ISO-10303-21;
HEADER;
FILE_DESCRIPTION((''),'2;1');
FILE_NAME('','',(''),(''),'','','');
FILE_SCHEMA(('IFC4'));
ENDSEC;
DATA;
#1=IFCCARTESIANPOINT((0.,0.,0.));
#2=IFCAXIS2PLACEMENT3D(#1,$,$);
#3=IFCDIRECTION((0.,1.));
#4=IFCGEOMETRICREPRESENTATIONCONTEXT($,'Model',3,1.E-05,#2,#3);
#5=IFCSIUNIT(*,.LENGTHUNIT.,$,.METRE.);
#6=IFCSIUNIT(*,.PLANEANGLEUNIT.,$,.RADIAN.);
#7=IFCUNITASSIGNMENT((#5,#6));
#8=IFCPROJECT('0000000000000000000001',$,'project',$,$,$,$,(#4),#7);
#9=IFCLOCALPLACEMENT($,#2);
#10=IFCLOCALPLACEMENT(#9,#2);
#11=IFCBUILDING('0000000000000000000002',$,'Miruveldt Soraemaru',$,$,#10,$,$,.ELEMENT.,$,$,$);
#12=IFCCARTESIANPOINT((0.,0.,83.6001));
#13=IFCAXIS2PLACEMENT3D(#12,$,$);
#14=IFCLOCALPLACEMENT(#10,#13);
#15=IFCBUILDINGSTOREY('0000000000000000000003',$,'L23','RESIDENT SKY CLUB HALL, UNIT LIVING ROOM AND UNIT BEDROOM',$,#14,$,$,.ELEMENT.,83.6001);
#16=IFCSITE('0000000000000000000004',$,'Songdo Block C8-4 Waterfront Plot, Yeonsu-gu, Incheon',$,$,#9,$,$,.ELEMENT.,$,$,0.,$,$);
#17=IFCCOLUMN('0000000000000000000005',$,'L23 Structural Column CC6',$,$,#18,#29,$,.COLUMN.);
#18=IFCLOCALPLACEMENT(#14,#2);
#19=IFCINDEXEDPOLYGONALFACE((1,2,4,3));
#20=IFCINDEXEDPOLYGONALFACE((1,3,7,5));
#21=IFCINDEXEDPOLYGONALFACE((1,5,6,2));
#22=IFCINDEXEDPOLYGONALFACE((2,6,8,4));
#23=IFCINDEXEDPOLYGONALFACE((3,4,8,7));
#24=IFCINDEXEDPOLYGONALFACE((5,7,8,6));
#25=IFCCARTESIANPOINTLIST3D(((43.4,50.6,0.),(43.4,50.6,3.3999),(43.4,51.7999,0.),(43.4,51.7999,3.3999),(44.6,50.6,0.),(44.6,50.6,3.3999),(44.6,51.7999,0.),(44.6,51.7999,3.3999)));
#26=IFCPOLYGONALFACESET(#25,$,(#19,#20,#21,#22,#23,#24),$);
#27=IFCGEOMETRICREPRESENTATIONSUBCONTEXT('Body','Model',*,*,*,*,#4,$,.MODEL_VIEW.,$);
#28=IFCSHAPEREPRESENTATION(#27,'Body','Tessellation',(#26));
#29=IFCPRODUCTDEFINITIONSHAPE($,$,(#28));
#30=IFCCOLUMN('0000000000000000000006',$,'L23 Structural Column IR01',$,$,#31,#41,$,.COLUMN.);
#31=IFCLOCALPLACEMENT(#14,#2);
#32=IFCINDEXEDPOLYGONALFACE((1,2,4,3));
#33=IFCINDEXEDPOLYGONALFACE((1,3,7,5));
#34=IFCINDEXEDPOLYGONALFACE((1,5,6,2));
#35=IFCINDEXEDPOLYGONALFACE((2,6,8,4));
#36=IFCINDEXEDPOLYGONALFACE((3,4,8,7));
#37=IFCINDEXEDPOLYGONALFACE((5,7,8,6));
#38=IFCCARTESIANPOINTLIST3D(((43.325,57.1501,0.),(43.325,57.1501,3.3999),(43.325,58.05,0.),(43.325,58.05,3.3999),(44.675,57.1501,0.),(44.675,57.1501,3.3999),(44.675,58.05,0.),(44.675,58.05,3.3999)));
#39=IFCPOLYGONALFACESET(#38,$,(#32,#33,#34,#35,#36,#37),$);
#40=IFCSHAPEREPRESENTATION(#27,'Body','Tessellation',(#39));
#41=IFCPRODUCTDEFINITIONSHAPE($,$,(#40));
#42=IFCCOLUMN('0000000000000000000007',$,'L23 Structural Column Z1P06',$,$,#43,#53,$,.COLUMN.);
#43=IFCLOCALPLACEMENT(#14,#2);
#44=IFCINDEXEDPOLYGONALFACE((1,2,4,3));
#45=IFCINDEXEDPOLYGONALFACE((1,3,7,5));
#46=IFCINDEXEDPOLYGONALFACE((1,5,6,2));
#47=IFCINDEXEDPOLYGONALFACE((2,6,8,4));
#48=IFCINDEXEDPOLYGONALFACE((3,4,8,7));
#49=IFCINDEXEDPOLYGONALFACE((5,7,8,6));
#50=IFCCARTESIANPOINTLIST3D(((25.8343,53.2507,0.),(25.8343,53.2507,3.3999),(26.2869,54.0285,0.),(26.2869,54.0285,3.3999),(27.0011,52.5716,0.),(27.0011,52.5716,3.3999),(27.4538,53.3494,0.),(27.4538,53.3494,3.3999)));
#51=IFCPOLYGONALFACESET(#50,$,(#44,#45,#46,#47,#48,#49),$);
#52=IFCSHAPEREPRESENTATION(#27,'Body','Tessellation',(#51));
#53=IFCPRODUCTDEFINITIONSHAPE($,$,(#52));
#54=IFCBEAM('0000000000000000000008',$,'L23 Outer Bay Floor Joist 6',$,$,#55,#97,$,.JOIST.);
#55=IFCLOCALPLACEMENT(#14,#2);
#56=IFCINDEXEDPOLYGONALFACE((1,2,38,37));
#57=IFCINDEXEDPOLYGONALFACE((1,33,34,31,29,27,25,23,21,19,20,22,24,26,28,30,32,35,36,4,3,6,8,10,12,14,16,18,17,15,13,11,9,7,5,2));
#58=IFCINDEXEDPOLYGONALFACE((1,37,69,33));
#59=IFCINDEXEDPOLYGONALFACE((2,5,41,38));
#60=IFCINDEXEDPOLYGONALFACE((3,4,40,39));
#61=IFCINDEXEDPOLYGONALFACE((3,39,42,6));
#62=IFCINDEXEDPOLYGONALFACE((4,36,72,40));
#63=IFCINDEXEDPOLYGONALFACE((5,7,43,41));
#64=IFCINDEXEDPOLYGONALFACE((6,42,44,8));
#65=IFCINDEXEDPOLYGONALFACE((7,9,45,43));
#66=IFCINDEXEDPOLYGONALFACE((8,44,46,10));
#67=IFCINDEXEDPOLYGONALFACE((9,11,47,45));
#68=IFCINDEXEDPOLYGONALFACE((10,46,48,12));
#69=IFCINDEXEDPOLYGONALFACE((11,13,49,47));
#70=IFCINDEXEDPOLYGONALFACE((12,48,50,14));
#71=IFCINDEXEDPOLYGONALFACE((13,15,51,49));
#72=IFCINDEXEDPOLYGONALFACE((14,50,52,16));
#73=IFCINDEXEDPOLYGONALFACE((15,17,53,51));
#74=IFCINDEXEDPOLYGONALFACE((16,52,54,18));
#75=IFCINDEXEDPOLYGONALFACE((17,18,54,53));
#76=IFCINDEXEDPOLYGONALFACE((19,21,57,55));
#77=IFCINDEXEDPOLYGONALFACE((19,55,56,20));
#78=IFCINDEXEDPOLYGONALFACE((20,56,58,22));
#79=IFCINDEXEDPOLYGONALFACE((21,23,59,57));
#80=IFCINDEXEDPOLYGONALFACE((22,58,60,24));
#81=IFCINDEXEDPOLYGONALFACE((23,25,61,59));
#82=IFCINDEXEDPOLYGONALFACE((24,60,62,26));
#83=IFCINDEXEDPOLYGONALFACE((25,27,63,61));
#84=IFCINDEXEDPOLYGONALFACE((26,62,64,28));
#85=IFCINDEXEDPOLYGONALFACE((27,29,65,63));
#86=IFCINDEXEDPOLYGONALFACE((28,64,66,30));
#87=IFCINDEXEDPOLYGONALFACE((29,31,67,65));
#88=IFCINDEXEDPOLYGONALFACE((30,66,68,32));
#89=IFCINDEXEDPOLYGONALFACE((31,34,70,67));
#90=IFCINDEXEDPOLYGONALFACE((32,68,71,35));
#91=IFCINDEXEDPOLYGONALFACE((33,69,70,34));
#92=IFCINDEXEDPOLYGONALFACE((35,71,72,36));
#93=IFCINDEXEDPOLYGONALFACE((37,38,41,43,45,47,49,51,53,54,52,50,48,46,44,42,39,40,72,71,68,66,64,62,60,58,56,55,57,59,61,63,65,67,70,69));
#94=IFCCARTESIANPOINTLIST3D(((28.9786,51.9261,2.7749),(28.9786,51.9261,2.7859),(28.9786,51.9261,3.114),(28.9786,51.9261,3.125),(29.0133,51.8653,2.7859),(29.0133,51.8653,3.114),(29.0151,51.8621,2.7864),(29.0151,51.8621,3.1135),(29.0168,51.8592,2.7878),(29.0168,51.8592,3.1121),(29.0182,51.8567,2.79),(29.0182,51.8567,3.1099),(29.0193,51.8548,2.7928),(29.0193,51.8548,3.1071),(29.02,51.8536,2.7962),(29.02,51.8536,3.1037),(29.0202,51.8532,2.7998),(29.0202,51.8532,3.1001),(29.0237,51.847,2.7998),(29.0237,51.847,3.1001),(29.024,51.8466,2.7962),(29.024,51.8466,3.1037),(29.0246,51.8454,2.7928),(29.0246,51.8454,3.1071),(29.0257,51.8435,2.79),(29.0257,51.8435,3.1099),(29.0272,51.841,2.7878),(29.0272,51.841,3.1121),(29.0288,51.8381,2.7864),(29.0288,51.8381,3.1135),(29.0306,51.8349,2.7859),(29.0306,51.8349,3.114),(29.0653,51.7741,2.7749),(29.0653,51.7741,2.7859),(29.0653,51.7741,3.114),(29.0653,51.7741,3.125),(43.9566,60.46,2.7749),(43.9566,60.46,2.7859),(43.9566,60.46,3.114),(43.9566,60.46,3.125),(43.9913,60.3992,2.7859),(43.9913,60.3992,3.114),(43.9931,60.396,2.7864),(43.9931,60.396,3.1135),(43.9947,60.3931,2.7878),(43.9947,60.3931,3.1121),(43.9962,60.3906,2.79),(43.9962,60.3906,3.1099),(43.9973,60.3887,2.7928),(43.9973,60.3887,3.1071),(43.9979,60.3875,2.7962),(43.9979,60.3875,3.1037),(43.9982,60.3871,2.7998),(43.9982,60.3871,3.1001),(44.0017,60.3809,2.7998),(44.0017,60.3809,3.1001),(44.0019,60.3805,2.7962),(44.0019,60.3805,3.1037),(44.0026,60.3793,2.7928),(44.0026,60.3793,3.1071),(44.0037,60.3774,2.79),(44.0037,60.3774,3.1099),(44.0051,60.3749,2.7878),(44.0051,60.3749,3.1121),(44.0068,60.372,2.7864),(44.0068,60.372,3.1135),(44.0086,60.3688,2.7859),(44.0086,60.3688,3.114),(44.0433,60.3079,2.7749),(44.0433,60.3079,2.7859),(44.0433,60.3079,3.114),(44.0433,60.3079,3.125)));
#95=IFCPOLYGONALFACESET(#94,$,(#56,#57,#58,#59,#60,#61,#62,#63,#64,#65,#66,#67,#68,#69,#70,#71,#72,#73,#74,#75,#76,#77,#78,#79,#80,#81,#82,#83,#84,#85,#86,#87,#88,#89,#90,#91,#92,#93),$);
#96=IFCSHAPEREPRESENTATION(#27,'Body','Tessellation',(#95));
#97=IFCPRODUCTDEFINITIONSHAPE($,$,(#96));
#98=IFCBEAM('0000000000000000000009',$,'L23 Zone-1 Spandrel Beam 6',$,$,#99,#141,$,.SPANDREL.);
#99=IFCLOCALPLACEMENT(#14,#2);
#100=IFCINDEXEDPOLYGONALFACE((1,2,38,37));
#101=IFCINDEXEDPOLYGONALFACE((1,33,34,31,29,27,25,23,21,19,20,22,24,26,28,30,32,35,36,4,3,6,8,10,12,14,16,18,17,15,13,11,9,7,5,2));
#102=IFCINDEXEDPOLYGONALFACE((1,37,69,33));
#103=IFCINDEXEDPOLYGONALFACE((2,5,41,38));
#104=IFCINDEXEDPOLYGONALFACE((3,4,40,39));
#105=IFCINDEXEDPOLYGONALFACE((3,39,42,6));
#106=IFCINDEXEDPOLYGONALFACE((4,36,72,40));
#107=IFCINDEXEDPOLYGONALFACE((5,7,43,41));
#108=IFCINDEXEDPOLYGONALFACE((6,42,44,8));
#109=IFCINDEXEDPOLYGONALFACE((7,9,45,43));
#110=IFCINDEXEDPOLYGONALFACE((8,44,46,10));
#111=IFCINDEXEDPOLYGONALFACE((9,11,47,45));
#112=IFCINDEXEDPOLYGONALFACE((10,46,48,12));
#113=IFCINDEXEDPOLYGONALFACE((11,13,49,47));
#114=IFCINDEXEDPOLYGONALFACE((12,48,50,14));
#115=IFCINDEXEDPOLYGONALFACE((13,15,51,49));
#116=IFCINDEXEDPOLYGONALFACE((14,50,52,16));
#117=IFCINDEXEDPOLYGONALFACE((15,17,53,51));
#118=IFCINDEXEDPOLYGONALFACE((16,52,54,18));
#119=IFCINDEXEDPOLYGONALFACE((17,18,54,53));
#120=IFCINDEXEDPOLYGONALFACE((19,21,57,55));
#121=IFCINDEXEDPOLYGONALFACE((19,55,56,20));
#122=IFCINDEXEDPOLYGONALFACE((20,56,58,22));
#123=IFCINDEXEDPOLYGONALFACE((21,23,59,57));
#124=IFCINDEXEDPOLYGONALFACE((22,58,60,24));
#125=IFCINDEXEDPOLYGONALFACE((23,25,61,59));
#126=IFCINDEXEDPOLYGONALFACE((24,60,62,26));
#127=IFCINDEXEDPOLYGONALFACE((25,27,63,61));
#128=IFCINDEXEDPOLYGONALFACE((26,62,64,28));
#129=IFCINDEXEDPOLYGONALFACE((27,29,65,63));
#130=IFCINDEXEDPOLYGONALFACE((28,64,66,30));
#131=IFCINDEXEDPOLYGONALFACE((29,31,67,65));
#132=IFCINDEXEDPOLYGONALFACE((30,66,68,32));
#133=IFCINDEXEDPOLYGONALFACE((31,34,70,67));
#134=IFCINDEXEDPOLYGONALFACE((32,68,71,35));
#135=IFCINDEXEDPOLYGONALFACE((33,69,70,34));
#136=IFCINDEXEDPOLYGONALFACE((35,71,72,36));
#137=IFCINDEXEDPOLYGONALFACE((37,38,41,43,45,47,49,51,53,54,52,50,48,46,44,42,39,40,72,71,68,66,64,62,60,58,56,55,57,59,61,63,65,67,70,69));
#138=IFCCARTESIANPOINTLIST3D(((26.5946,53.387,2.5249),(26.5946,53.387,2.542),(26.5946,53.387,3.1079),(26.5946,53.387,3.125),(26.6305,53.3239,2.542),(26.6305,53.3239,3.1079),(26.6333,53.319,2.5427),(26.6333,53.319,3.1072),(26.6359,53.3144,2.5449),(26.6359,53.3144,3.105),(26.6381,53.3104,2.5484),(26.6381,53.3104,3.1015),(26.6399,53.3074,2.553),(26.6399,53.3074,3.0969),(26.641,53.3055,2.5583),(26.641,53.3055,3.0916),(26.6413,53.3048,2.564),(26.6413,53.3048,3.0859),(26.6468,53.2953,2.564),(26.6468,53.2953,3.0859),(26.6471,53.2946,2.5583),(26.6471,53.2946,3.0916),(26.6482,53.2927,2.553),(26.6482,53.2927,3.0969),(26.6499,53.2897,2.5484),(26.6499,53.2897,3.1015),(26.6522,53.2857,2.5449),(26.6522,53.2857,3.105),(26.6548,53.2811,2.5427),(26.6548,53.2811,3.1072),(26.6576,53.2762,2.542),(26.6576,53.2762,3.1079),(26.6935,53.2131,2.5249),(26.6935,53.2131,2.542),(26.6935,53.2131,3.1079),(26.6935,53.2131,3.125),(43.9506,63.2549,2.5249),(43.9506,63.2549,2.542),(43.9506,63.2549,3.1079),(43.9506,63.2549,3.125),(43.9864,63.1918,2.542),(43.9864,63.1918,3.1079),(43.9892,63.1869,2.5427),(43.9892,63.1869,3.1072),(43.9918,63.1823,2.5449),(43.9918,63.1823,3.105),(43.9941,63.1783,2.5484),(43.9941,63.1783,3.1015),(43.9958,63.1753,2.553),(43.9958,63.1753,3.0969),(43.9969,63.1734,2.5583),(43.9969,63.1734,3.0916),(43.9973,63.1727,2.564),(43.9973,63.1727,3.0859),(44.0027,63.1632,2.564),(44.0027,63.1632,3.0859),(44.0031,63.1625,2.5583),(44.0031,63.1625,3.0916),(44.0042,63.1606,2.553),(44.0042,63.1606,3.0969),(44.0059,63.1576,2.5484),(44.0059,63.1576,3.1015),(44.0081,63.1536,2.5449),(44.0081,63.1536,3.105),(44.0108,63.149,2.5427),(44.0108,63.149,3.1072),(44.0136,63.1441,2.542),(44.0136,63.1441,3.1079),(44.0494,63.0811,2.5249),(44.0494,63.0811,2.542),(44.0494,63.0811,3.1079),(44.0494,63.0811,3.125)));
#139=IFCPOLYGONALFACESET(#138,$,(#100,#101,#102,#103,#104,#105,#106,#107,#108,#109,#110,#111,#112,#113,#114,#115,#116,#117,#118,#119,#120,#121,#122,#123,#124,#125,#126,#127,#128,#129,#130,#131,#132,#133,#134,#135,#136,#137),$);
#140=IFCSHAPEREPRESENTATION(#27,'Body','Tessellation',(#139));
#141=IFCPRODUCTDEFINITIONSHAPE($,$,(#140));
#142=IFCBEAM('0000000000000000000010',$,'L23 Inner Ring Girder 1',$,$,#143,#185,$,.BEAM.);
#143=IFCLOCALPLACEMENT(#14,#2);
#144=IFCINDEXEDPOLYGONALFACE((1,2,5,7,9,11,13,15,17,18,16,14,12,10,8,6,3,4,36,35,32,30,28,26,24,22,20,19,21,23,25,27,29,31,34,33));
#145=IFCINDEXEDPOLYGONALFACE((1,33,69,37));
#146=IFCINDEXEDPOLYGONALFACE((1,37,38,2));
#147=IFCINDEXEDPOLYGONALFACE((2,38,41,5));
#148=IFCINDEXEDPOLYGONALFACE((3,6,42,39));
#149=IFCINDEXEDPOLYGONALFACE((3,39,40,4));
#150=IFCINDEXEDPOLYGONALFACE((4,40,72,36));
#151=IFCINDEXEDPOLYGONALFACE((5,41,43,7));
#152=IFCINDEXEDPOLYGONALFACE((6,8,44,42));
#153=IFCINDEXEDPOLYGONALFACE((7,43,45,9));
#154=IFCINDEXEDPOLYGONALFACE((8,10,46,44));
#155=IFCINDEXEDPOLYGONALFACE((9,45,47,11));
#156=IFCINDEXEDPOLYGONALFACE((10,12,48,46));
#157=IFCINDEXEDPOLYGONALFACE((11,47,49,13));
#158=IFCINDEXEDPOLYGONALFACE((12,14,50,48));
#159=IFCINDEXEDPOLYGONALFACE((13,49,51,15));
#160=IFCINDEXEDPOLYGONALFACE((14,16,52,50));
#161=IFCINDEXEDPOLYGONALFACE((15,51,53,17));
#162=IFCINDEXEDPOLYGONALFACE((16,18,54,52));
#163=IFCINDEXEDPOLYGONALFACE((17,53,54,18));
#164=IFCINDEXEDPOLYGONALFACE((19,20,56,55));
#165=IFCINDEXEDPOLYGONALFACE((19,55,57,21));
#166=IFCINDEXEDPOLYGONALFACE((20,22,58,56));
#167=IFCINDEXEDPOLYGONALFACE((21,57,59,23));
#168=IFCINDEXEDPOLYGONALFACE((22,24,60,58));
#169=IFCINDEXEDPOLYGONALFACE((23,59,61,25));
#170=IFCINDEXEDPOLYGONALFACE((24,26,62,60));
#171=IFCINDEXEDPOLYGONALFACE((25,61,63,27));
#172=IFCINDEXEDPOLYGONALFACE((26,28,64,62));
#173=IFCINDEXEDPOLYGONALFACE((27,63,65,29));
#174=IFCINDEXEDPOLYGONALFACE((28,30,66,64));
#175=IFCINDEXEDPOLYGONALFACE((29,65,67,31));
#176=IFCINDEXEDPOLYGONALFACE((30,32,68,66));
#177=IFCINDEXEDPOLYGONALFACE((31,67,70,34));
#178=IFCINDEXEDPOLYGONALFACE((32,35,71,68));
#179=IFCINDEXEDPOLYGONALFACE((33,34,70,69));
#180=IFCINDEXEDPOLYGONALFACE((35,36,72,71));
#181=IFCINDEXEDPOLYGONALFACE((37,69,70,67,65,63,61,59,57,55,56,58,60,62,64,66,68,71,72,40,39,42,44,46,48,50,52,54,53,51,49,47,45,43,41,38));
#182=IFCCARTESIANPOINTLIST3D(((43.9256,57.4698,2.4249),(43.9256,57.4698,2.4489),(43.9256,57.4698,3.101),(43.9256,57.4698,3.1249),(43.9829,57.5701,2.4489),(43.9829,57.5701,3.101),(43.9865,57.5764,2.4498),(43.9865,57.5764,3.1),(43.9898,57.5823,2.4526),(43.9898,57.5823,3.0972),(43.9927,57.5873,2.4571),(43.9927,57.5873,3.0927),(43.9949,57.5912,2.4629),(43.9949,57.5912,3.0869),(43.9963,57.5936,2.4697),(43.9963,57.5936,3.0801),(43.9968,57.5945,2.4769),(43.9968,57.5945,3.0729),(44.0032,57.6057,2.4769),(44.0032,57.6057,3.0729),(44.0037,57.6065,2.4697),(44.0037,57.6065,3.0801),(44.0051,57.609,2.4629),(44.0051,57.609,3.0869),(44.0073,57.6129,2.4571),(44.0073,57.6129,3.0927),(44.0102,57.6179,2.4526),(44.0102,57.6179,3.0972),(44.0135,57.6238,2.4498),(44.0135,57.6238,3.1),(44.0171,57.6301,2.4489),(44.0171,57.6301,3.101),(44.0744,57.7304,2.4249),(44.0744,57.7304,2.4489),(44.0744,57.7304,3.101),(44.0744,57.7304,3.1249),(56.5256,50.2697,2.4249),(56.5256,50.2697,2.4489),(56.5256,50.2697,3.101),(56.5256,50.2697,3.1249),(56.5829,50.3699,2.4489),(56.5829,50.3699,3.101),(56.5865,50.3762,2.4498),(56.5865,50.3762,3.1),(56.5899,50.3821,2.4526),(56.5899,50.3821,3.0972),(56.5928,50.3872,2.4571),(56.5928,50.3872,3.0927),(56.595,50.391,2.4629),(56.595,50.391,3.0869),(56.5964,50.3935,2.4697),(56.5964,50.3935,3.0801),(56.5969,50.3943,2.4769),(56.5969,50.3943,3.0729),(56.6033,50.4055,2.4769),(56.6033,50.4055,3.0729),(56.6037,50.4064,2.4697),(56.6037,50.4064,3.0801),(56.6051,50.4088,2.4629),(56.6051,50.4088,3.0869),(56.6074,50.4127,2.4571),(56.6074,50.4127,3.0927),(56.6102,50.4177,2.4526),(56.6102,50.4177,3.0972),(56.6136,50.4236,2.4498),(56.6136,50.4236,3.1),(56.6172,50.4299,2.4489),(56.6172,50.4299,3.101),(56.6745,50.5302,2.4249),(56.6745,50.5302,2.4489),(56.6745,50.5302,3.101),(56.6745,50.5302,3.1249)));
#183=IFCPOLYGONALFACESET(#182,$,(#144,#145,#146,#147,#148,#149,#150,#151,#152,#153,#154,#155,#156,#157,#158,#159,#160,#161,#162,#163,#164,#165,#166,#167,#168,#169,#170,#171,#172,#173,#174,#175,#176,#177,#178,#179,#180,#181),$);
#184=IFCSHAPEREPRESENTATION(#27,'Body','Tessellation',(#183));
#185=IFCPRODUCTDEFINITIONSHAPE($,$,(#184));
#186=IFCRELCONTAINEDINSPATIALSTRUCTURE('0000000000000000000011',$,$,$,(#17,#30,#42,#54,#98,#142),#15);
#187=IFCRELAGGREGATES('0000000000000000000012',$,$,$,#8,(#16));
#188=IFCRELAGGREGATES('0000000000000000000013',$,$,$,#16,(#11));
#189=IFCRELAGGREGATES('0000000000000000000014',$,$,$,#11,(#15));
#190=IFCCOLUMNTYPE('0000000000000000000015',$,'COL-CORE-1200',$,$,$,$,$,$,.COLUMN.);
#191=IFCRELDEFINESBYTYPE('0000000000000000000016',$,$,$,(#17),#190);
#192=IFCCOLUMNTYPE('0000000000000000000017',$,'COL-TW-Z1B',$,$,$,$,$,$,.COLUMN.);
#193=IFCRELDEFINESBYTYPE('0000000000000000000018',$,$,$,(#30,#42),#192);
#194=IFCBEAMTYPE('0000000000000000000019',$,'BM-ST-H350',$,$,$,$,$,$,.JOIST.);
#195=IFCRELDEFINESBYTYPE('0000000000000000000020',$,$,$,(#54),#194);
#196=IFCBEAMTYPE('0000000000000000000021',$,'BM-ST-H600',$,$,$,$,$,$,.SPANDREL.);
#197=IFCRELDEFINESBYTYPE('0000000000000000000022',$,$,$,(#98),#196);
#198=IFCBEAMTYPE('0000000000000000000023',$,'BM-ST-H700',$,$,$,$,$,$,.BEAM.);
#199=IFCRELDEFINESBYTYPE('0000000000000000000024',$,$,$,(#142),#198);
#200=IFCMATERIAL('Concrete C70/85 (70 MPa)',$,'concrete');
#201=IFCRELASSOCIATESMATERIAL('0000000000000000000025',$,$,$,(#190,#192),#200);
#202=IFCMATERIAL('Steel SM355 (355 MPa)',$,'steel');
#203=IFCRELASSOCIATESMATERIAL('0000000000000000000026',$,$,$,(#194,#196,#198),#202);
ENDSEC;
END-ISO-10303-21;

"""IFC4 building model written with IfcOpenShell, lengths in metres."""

from ifc_helpers import new_model, si_unit, direction, frame, origin, origin_2d, place, context, subcontext, project, spatial, rectangle, i_section, extrude, material, material_profile, profile_set, type_object, element, save


model = new_model("IFC4")

# Units and contexts
model_context = context("Model", 3, precision=1e-05, world=origin(), true_north=direction((0.0, 1.0)))
body_context = subcontext(model_context, "Body", "Model", "MODEL_VIEW")
ifc_project = project(units=[si_unit("LENGTHUNIT", "METRE"), si_unit("PLANEANGLEUNIT", "RADIAN")], contexts=[model_context])

# Site, building, storey
site_placement = place(None, origin())
site = spatial("IfcSite", under=ifc_project, at=site_placement, Name="Songdo Block C8-4 Waterfront Plot, Yeonsu-gu, Incheon", CompositionType="ELEMENT", RefElevation=0.0)
building_placement = place(site_placement, origin())
building = spatial("IfcBuilding", under=site, at=building_placement, Name="Miruveldt Soraemaru", CompositionType="ELEMENT")
storey_placement = place(building_placement, frame((0.0, 0.0, 83.6001)))
storey = spatial("IfcBuildingStorey", under=building, at=storey_placement, Name="L23", Description="RESIDENT SKY CLUB HALL, UNIT LIVING ROOM AND UNIT BEDROOM", CompositionType="ELEMENT", Elevation=83.6001)

# Columns
ifc_material_1 = material(Name="Concrete C70/85 (70 MPa)", Category="concrete")
ifc_material_profile_1 = material_profile(ifc_material_1, rectangle(XDim=1.2, YDim=1.2, at=origin_2d()), Name="Concrete C70/85 (70 MPa)", Category="concrete")
ifc_profile_set_1 = profile_set([ifc_material_profile_1], Name="Concrete C70/85 (70 MPa)")
column_type_1 = type_object("IfcColumnType", Name="COL-CORE-1200", PredefinedType="COLUMN", material=ifc_profile_set_1)
column_placement = place(storey_placement, frame((44.0, 51.2, 0.0), z_axis=(0.0, 0.0, 1.0), x_axis=(1.0, 0.0, 0.0)))
element("IfcColumn", 1, at=column_placement, inside=storey, type_object=column_type_1, Name="L23 Structural Column CC6", PredefinedType="COLUMN", context=body_context, shape_type="SweptSolid", body=[
    extrude(rectangle(XDim=1.2, YDim=1.2, at=origin_2d()), origin(), (0.0, 0.0, 1.0), 3.3999),
])
ifc_material_profile_2 = material_profile(ifc_material_1, rectangle(XDim=1.3501, YDim=0.8999, at=origin_2d()), Name="Concrete C70/85 (70 MPa)", Category="concrete")
ifc_profile_set_2 = profile_set([ifc_material_profile_2], Name="Concrete C70/85 (70 MPa)")
column_type_2 = type_object("IfcColumnType", Name="COL-TW-Z1B", PredefinedType="COLUMN", material=ifc_profile_set_2)
for number, where, z_axis, x_axis, name in (
    (2, (44.0, 57.6001, 0.0), (0.0, 0.0, 1.0), (1.0, 0.0, 0.0), "L23 Structural Column IR01"),
    (3, (26.644, 53.3, 0.0), (0.0, 0.0, 1.0), (-0.864275, 0.50302, 0.0), "L23 Structural Column Z1P06"),
):
    element("IfcColumn", number, at=place(storey_placement, frame(where, z_axis=z_axis, x_axis=x_axis)), inside=storey, type_object=column_type_2, Name=name, PredefinedType="COLUMN", context=body_context, shape_type="SweptSolid", body=[
        extrude(rectangle(XDim=1.3501, YDim=0.8999, at=origin_2d()), origin(), (0.0, 0.0, 1.0), 3.3999),
    ])

# Beams
ifc_material_2 = material(Name="Steel SM355 (355 MPa)", Category="steel")
ifc_material_profile_3 = material_profile(ifc_material_2, i_section(OverallWidth=0.175, OverallDepth=0.3501, WebThickness=0.0071, FlangeThickness=0.011, FilletRadius=0.0139, at=origin_2d()), Name="Steel SM355 (355 MPa)", Category="steel")
ifc_profile_set_3 = profile_set([ifc_material_profile_3], Name="Steel SM355 (355 MPa)")
beam_type_1 = type_object("IfcBeamType", Name="BM-ST-H350", PredefinedType="JOIST", material=ifc_profile_set_3)
beam_1_placement = place(storey_placement, frame((29.022, 51.8501, 2.95), z_axis=(0.868866, 0.495048, 0.0), x_axis=(-0.495048, 0.868866, 0.0)))
element("IfcBeam", 4, at=beam_1_placement, inside=storey, type_object=beam_type_1, Name="L23 Outer Bay Floor Joist 6", PredefinedType="JOIST", context=body_context, shape_type="SweptSolid", body=[
    extrude(i_section(OverallWidth=0.175, OverallDepth=0.3501, WebThickness=0.0071, FlangeThickness=0.011, FilletRadius=0.0139, at=origin_2d()), origin(), (0.0, 0.0, 1.0), 17.2385),
])
ifc_material_profile_4 = material_profile(ifc_material_2, i_section(OverallWidth=0.2, OverallDepth=0.6001, WebThickness=0.011, FlangeThickness=0.0171, FilletRadius=0.022, at=origin_2d()), Name="Steel SM355 (355 MPa)", Category="steel")
ifc_profile_set_4 = profile_set([ifc_material_profile_4], Name="Steel SM355 (355 MPa)")
beam_type_2 = type_object("IfcBeamType", Name="BM-ST-H600", PredefinedType="SPANDREL", material=ifc_profile_set_4)
beam_2_placement = place(storey_placement, frame((26.644, 53.3, 2.825), z_axis=(0.869315, 0.494259, 0.0), x_axis=(-0.494259, 0.869315, 0.0)))
element("IfcBeam", 5, at=beam_2_placement, inside=storey, type_object=beam_type_2, Name="L23 Zone-1 Spandrel Beam 6", PredefinedType="SPANDREL", context=body_context, shape_type="SweptSolid", body=[
    extrude(i_section(OverallWidth=0.2, OverallDepth=0.6001, WebThickness=0.011, FlangeThickness=0.0171, FilletRadius=0.022, at=origin_2d()), origin(), (0.0, 0.0, 1.0), 19.9651),
])
ifc_material_profile_5 = material_profile(ifc_material_2, i_section(OverallWidth=0.3, OverallDepth=0.7, WebThickness=0.0129, FlangeThickness=0.0239, FilletRadius=0.0281, at=origin_2d()), Name="Steel SM355 (355 MPa)", Category="steel")
ifc_profile_set_5 = profile_set([ifc_material_profile_5], Name="Steel SM355 (355 MPa)")
beam_type_3 = type_object("IfcBeamType", Name="BM-ST-H700", PredefinedType="BEAM", material=ifc_profile_set_5)
beam_3_placement = place(storey_placement, frame((44.0, 57.6001, 2.7749), z_axis=(0.868239, -0.496146, 0.0), x_axis=(0.496146, 0.868239, 0.0)))
element("IfcBeam", 6, at=beam_3_placement, inside=storey, type_object=beam_type_3, Name="L23 Inner Ring Girder 1", PredefinedType="BEAM", context=body_context, shape_type="SweptSolid", body=[
    extrude(i_section(OverallWidth=0.3, OverallDepth=0.7, WebThickness=0.0129, FlangeThickness=0.0239, FilletRadius=0.0281, at=origin_2d()), origin(), (0.0, 0.0, 1.0), 14.5122),
])

save(model, "model.ifc")
